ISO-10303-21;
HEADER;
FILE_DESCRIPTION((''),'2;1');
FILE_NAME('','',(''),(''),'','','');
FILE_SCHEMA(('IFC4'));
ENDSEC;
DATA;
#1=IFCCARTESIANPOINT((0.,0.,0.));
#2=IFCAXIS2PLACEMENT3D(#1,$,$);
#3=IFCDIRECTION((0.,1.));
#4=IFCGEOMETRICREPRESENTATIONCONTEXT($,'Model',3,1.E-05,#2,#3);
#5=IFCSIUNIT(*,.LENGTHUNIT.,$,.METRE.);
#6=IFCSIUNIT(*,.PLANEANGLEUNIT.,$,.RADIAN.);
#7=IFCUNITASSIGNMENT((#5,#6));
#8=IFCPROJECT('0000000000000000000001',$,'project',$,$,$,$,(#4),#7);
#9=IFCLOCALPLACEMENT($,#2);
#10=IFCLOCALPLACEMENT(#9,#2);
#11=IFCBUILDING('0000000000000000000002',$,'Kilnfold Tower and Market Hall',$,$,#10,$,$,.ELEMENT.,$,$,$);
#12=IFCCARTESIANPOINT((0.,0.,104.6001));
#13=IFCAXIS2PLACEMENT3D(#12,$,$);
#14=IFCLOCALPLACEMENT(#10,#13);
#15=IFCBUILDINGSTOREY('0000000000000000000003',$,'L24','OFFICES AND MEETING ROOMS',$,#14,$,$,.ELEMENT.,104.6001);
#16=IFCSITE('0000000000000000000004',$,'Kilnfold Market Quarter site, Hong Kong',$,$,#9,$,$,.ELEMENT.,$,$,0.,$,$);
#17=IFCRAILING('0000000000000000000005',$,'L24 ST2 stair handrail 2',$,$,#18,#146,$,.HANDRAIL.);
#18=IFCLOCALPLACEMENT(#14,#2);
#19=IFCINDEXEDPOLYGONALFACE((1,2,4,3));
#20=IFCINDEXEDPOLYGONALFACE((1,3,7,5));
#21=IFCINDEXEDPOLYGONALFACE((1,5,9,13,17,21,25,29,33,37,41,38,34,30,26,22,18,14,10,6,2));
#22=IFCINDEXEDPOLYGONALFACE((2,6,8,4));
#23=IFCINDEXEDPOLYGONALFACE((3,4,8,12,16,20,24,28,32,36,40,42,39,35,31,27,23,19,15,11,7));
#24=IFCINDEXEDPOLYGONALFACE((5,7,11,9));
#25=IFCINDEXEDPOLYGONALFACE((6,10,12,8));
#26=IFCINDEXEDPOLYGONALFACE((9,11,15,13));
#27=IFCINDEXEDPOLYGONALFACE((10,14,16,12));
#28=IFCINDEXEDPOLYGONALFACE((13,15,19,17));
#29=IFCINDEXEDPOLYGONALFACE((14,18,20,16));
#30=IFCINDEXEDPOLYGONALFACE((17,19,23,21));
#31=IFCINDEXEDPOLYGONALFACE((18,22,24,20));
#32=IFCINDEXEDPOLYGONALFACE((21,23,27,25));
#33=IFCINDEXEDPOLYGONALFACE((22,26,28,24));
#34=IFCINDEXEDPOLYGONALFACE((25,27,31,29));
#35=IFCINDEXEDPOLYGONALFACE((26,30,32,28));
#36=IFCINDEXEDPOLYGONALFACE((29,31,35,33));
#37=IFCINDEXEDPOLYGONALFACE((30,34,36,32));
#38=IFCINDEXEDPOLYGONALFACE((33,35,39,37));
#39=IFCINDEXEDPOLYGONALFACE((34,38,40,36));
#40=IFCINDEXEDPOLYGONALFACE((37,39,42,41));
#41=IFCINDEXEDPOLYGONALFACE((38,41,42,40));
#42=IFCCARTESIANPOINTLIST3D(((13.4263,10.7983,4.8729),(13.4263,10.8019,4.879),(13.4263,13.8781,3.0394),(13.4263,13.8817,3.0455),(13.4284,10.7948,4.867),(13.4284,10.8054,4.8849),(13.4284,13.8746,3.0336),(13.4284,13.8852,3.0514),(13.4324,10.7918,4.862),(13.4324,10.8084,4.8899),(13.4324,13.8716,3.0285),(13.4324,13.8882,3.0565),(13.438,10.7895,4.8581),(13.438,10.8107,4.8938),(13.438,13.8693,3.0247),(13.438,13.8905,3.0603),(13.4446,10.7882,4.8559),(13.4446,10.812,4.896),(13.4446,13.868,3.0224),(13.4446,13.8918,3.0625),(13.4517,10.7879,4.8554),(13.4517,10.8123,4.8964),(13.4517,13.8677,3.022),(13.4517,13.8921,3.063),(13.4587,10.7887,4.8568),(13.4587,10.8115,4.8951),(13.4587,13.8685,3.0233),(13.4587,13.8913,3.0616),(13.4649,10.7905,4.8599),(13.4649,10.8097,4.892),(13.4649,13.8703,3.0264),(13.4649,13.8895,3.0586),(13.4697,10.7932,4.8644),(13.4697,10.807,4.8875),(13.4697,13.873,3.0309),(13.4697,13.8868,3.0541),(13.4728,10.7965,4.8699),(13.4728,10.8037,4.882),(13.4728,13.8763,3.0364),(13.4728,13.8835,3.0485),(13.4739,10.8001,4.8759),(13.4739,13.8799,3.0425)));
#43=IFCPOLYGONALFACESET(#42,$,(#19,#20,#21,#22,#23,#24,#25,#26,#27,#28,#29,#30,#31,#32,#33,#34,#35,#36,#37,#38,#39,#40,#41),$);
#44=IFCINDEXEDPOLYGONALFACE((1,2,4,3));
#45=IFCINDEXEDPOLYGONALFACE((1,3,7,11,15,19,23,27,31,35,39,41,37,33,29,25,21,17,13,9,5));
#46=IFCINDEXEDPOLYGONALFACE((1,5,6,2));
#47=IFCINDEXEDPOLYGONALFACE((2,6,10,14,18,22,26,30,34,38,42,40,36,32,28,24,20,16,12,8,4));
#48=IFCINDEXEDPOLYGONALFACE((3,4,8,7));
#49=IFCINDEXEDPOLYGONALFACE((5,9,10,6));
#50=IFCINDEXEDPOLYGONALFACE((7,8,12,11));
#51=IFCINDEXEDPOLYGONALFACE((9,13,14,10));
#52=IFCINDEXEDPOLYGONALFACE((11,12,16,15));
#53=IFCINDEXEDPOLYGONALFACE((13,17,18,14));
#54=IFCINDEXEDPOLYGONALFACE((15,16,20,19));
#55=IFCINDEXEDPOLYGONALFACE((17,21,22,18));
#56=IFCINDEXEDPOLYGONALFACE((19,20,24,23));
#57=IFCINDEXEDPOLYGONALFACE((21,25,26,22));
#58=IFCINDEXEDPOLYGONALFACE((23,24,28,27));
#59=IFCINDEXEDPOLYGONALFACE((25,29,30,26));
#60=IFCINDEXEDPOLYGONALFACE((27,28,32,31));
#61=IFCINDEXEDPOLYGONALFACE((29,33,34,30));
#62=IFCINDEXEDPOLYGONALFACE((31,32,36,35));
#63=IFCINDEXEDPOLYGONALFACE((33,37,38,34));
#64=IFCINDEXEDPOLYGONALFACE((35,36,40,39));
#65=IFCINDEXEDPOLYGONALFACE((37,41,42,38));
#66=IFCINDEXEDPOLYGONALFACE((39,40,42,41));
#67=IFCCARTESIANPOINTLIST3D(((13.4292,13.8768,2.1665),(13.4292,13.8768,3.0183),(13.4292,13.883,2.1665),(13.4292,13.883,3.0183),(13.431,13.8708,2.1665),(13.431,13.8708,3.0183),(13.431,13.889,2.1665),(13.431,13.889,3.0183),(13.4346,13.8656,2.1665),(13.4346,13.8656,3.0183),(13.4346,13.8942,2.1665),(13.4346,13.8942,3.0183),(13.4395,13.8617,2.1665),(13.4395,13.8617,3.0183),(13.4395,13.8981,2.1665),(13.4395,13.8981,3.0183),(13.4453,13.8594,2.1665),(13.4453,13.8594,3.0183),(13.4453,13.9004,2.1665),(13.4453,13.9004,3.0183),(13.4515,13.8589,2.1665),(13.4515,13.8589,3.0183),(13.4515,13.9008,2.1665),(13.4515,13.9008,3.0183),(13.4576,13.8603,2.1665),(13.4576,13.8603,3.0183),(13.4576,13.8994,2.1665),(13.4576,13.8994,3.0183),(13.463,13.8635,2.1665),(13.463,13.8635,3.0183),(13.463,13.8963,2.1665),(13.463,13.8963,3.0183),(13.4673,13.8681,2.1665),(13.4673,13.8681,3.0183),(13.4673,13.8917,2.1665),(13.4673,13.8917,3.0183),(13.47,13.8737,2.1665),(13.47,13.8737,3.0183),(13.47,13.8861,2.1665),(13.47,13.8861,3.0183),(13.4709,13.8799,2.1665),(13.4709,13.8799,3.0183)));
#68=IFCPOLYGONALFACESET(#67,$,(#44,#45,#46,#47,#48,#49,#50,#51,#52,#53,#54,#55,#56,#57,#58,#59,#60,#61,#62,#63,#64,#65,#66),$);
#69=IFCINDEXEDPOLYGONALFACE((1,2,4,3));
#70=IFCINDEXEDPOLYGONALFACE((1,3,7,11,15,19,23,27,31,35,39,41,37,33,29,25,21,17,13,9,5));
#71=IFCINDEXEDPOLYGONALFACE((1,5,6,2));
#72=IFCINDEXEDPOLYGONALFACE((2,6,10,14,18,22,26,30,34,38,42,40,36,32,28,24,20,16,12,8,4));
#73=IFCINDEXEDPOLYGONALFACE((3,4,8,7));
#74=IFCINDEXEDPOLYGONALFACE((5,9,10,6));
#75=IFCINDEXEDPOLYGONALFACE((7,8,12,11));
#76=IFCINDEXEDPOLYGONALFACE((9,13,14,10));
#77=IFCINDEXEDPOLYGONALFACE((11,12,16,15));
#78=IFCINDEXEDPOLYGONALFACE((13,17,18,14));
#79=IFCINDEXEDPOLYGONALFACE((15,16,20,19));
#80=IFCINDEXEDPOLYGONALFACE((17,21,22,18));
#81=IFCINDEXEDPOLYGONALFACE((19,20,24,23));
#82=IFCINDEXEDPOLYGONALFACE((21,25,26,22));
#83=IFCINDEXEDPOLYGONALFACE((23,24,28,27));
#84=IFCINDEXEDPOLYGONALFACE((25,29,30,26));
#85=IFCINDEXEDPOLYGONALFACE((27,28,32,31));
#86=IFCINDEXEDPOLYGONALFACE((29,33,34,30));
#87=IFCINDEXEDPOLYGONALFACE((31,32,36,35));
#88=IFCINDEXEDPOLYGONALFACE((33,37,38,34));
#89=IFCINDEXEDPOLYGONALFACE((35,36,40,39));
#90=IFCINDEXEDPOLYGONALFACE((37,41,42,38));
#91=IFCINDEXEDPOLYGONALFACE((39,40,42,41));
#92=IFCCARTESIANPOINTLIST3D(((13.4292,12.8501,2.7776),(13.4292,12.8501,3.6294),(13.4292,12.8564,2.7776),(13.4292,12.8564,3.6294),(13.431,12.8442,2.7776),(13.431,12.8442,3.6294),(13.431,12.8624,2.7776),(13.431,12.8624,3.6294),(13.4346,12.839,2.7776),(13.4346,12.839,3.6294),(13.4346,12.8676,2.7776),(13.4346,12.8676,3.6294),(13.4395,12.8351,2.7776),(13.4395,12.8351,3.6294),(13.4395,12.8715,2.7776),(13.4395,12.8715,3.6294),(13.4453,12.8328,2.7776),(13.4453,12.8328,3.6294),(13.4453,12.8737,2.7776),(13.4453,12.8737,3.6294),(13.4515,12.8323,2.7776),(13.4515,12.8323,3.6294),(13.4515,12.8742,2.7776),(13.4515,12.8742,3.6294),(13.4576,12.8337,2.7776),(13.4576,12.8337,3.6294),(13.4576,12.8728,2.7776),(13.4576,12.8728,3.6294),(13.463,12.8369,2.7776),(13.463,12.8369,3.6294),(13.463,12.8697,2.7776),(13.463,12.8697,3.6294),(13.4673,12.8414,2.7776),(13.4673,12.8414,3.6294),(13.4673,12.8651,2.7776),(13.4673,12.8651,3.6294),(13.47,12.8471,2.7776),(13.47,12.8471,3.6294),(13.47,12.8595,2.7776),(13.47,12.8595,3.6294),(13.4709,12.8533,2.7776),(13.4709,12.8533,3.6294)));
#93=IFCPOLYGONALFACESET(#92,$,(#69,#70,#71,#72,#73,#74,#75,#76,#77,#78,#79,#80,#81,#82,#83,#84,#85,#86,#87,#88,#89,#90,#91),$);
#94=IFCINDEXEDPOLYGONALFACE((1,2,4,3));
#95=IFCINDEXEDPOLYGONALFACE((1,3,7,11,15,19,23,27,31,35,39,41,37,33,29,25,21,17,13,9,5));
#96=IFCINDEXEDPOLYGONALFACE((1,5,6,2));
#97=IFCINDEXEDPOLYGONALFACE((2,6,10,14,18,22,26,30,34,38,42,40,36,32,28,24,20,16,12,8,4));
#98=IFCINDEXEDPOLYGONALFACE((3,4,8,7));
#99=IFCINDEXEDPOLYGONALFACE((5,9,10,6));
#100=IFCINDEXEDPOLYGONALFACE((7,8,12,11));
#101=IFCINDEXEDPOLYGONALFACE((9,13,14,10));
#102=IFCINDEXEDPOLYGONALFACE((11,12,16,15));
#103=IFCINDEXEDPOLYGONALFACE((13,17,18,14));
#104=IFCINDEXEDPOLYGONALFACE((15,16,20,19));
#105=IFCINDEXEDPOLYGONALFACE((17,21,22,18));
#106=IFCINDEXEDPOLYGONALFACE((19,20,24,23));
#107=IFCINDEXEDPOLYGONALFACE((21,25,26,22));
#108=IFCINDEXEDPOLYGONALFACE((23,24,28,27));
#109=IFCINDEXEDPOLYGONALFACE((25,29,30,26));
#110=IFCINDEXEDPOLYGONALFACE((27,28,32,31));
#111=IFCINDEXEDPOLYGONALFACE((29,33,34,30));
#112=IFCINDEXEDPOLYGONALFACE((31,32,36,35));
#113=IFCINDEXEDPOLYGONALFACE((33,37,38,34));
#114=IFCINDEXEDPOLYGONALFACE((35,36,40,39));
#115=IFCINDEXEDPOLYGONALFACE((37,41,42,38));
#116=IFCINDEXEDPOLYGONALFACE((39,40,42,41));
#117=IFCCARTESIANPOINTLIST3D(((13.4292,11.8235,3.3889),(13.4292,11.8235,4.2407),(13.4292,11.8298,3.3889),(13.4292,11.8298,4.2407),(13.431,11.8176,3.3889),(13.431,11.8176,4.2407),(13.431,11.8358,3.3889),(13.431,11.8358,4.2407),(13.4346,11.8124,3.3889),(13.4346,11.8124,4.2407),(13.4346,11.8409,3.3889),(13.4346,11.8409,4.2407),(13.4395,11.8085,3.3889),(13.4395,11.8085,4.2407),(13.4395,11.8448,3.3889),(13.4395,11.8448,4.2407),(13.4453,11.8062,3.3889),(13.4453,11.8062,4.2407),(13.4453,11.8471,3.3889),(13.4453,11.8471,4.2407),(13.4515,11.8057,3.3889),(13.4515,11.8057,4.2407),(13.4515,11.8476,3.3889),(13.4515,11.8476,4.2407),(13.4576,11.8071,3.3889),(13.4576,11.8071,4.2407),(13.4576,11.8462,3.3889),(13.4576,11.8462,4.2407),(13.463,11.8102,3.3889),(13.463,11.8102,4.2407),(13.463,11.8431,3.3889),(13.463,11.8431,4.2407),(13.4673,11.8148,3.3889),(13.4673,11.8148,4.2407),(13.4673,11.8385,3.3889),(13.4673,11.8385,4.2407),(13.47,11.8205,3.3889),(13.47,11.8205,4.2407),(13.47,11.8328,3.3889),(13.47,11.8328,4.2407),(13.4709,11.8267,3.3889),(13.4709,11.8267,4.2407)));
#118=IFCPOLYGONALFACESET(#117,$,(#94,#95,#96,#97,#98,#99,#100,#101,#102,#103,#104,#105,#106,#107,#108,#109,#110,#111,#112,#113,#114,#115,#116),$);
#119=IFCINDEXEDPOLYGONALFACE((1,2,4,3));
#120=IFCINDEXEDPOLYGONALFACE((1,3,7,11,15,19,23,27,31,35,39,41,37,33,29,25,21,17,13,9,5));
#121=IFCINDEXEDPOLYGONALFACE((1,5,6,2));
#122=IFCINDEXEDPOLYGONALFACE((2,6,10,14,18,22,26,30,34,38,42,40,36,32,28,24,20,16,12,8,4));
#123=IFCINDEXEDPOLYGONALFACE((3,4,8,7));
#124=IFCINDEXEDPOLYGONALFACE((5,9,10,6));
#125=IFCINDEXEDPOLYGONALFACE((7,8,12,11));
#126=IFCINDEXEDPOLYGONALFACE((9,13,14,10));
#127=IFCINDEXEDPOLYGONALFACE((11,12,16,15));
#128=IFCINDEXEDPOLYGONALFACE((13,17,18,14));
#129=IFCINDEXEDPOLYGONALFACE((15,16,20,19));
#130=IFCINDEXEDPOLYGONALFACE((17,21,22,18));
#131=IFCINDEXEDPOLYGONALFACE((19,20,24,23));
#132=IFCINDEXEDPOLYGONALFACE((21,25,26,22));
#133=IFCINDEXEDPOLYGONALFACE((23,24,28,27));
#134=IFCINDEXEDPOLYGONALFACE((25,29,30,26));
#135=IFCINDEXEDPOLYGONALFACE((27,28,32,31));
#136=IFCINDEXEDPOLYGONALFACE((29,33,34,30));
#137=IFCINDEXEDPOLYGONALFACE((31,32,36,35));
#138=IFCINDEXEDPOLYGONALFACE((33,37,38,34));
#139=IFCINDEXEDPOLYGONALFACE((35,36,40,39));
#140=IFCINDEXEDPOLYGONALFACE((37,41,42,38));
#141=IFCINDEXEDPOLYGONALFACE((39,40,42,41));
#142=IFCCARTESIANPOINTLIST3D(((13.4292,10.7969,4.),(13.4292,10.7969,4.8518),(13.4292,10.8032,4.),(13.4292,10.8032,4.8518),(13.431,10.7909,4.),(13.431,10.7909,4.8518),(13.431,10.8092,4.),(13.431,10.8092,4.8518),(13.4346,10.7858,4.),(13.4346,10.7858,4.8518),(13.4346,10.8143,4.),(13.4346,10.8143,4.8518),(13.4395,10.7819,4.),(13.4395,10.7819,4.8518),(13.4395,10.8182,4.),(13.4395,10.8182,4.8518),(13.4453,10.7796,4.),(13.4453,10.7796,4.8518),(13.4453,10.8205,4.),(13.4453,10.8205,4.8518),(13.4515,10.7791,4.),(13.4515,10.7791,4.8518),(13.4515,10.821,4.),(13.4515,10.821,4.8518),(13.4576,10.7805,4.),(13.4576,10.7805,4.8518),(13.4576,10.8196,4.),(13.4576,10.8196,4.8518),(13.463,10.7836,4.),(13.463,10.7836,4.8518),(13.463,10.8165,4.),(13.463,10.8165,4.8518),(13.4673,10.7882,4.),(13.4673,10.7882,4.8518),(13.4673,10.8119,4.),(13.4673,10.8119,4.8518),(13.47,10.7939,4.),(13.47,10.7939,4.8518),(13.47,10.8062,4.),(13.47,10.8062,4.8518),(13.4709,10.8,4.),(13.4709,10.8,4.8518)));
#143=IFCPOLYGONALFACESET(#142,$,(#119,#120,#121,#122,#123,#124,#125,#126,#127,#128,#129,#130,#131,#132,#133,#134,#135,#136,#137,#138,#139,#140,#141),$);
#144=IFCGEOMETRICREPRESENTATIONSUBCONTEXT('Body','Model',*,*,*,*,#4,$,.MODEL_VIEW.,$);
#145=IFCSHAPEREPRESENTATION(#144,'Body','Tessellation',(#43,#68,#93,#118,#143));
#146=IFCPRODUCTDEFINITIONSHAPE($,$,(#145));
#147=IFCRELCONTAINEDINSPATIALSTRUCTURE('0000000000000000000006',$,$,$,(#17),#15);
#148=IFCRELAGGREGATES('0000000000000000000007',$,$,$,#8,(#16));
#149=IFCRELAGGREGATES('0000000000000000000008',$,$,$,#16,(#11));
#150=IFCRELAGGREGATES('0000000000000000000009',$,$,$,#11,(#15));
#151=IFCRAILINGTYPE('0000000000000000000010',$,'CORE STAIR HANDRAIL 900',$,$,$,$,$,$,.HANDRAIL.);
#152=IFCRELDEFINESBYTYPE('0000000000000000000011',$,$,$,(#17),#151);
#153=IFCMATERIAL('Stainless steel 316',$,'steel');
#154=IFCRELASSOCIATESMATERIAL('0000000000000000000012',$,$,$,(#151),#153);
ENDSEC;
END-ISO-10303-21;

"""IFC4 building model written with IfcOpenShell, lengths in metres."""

from ifc_helpers import new_model, si_unit, direction, frame, origin, origin_2d, place, context, subcontext, project, spatial, circle, extrude, material, type_object, element, save


model = new_model("IFC4")

# Units and contexts
model_context = context("Model", 3, precision=1e-05, world=origin(), true_north=direction((0.0, 1.0)))
body_context = subcontext(model_context, "Body", "Model", "MODEL_VIEW")
ifc_project = project(units=[si_unit("LENGTHUNIT", "METRE"), si_unit("PLANEANGLEUNIT", "RADIAN")], contexts=[model_context])

# Site, building, storey
site_placement = place(None, origin())
site = spatial("IfcSite", under=ifc_project, at=site_placement, Name="Kilnfold Market Quarter site, Hong Kong", CompositionType="ELEMENT", RefElevation=0.0)
building_placement = place(site_placement, origin())
building = spatial("IfcBuilding", under=site, at=building_placement, Name="Kilnfold Tower and Market Hall", CompositionType="ELEMENT")
storey_placement = place(building_placement, frame((0.0, 0.0, 104.6001)))
storey = spatial("IfcBuildingStorey", under=building, at=storey_placement, Name="L24", Description="OFFICES AND MEETING ROOMS", CompositionType="ELEMENT", Elevation=104.6001)

# Railing
ifc_material_1 = material(Name="Stainless steel 316", Category="steel")
railing_type_1 = type_object("IfcRailingType", Name="CORE STAIR HANDRAIL 900", PredefinedType="HANDRAIL", material=ifc_material_1)
railing_1_placement = place(storey_placement, frame((13.45, 13.8799, 2.1665)))
element("IfcRailing", 1, at=railing_1_placement, inside=storey, type_object=railing_type_1, Name="L24 ST2 stair handrail 2", PredefinedType="HANDRAIL", context=body_context, shape_type="SweptSolid", body=[
    extrude(circle(Radius=0.0239, at=origin_2d()), frame((0.0, 0.0, 0.876), z_axis=(0.0, -0.859261, 0.511538), x_axis=(1.0, 0.0, 0.0)), (0.0, 0.0, 1.0), 3.5842),
    extrude(circle(Radius=0.021, at=origin_2d()), origin(), (0.0, 0.0, 1.0), 0.8518),
    extrude(circle(Radius=0.021, at=origin_2d()), frame((0.0, -1.0266, 0.6111)), (0.0, 0.0, 1.0), 0.8518),
    extrude(circle(Radius=0.021, at=origin_2d()), frame((0.0, -2.0532, 1.2224)), (0.0, 0.0, 1.0), 0.8518),
    extrude(circle(Radius=0.021, at=origin_2d()), frame((0.0, -3.0798, 1.8335)), (0.0, 0.0, 1.0), 0.8518),
])

save(model, "model.ifc")
